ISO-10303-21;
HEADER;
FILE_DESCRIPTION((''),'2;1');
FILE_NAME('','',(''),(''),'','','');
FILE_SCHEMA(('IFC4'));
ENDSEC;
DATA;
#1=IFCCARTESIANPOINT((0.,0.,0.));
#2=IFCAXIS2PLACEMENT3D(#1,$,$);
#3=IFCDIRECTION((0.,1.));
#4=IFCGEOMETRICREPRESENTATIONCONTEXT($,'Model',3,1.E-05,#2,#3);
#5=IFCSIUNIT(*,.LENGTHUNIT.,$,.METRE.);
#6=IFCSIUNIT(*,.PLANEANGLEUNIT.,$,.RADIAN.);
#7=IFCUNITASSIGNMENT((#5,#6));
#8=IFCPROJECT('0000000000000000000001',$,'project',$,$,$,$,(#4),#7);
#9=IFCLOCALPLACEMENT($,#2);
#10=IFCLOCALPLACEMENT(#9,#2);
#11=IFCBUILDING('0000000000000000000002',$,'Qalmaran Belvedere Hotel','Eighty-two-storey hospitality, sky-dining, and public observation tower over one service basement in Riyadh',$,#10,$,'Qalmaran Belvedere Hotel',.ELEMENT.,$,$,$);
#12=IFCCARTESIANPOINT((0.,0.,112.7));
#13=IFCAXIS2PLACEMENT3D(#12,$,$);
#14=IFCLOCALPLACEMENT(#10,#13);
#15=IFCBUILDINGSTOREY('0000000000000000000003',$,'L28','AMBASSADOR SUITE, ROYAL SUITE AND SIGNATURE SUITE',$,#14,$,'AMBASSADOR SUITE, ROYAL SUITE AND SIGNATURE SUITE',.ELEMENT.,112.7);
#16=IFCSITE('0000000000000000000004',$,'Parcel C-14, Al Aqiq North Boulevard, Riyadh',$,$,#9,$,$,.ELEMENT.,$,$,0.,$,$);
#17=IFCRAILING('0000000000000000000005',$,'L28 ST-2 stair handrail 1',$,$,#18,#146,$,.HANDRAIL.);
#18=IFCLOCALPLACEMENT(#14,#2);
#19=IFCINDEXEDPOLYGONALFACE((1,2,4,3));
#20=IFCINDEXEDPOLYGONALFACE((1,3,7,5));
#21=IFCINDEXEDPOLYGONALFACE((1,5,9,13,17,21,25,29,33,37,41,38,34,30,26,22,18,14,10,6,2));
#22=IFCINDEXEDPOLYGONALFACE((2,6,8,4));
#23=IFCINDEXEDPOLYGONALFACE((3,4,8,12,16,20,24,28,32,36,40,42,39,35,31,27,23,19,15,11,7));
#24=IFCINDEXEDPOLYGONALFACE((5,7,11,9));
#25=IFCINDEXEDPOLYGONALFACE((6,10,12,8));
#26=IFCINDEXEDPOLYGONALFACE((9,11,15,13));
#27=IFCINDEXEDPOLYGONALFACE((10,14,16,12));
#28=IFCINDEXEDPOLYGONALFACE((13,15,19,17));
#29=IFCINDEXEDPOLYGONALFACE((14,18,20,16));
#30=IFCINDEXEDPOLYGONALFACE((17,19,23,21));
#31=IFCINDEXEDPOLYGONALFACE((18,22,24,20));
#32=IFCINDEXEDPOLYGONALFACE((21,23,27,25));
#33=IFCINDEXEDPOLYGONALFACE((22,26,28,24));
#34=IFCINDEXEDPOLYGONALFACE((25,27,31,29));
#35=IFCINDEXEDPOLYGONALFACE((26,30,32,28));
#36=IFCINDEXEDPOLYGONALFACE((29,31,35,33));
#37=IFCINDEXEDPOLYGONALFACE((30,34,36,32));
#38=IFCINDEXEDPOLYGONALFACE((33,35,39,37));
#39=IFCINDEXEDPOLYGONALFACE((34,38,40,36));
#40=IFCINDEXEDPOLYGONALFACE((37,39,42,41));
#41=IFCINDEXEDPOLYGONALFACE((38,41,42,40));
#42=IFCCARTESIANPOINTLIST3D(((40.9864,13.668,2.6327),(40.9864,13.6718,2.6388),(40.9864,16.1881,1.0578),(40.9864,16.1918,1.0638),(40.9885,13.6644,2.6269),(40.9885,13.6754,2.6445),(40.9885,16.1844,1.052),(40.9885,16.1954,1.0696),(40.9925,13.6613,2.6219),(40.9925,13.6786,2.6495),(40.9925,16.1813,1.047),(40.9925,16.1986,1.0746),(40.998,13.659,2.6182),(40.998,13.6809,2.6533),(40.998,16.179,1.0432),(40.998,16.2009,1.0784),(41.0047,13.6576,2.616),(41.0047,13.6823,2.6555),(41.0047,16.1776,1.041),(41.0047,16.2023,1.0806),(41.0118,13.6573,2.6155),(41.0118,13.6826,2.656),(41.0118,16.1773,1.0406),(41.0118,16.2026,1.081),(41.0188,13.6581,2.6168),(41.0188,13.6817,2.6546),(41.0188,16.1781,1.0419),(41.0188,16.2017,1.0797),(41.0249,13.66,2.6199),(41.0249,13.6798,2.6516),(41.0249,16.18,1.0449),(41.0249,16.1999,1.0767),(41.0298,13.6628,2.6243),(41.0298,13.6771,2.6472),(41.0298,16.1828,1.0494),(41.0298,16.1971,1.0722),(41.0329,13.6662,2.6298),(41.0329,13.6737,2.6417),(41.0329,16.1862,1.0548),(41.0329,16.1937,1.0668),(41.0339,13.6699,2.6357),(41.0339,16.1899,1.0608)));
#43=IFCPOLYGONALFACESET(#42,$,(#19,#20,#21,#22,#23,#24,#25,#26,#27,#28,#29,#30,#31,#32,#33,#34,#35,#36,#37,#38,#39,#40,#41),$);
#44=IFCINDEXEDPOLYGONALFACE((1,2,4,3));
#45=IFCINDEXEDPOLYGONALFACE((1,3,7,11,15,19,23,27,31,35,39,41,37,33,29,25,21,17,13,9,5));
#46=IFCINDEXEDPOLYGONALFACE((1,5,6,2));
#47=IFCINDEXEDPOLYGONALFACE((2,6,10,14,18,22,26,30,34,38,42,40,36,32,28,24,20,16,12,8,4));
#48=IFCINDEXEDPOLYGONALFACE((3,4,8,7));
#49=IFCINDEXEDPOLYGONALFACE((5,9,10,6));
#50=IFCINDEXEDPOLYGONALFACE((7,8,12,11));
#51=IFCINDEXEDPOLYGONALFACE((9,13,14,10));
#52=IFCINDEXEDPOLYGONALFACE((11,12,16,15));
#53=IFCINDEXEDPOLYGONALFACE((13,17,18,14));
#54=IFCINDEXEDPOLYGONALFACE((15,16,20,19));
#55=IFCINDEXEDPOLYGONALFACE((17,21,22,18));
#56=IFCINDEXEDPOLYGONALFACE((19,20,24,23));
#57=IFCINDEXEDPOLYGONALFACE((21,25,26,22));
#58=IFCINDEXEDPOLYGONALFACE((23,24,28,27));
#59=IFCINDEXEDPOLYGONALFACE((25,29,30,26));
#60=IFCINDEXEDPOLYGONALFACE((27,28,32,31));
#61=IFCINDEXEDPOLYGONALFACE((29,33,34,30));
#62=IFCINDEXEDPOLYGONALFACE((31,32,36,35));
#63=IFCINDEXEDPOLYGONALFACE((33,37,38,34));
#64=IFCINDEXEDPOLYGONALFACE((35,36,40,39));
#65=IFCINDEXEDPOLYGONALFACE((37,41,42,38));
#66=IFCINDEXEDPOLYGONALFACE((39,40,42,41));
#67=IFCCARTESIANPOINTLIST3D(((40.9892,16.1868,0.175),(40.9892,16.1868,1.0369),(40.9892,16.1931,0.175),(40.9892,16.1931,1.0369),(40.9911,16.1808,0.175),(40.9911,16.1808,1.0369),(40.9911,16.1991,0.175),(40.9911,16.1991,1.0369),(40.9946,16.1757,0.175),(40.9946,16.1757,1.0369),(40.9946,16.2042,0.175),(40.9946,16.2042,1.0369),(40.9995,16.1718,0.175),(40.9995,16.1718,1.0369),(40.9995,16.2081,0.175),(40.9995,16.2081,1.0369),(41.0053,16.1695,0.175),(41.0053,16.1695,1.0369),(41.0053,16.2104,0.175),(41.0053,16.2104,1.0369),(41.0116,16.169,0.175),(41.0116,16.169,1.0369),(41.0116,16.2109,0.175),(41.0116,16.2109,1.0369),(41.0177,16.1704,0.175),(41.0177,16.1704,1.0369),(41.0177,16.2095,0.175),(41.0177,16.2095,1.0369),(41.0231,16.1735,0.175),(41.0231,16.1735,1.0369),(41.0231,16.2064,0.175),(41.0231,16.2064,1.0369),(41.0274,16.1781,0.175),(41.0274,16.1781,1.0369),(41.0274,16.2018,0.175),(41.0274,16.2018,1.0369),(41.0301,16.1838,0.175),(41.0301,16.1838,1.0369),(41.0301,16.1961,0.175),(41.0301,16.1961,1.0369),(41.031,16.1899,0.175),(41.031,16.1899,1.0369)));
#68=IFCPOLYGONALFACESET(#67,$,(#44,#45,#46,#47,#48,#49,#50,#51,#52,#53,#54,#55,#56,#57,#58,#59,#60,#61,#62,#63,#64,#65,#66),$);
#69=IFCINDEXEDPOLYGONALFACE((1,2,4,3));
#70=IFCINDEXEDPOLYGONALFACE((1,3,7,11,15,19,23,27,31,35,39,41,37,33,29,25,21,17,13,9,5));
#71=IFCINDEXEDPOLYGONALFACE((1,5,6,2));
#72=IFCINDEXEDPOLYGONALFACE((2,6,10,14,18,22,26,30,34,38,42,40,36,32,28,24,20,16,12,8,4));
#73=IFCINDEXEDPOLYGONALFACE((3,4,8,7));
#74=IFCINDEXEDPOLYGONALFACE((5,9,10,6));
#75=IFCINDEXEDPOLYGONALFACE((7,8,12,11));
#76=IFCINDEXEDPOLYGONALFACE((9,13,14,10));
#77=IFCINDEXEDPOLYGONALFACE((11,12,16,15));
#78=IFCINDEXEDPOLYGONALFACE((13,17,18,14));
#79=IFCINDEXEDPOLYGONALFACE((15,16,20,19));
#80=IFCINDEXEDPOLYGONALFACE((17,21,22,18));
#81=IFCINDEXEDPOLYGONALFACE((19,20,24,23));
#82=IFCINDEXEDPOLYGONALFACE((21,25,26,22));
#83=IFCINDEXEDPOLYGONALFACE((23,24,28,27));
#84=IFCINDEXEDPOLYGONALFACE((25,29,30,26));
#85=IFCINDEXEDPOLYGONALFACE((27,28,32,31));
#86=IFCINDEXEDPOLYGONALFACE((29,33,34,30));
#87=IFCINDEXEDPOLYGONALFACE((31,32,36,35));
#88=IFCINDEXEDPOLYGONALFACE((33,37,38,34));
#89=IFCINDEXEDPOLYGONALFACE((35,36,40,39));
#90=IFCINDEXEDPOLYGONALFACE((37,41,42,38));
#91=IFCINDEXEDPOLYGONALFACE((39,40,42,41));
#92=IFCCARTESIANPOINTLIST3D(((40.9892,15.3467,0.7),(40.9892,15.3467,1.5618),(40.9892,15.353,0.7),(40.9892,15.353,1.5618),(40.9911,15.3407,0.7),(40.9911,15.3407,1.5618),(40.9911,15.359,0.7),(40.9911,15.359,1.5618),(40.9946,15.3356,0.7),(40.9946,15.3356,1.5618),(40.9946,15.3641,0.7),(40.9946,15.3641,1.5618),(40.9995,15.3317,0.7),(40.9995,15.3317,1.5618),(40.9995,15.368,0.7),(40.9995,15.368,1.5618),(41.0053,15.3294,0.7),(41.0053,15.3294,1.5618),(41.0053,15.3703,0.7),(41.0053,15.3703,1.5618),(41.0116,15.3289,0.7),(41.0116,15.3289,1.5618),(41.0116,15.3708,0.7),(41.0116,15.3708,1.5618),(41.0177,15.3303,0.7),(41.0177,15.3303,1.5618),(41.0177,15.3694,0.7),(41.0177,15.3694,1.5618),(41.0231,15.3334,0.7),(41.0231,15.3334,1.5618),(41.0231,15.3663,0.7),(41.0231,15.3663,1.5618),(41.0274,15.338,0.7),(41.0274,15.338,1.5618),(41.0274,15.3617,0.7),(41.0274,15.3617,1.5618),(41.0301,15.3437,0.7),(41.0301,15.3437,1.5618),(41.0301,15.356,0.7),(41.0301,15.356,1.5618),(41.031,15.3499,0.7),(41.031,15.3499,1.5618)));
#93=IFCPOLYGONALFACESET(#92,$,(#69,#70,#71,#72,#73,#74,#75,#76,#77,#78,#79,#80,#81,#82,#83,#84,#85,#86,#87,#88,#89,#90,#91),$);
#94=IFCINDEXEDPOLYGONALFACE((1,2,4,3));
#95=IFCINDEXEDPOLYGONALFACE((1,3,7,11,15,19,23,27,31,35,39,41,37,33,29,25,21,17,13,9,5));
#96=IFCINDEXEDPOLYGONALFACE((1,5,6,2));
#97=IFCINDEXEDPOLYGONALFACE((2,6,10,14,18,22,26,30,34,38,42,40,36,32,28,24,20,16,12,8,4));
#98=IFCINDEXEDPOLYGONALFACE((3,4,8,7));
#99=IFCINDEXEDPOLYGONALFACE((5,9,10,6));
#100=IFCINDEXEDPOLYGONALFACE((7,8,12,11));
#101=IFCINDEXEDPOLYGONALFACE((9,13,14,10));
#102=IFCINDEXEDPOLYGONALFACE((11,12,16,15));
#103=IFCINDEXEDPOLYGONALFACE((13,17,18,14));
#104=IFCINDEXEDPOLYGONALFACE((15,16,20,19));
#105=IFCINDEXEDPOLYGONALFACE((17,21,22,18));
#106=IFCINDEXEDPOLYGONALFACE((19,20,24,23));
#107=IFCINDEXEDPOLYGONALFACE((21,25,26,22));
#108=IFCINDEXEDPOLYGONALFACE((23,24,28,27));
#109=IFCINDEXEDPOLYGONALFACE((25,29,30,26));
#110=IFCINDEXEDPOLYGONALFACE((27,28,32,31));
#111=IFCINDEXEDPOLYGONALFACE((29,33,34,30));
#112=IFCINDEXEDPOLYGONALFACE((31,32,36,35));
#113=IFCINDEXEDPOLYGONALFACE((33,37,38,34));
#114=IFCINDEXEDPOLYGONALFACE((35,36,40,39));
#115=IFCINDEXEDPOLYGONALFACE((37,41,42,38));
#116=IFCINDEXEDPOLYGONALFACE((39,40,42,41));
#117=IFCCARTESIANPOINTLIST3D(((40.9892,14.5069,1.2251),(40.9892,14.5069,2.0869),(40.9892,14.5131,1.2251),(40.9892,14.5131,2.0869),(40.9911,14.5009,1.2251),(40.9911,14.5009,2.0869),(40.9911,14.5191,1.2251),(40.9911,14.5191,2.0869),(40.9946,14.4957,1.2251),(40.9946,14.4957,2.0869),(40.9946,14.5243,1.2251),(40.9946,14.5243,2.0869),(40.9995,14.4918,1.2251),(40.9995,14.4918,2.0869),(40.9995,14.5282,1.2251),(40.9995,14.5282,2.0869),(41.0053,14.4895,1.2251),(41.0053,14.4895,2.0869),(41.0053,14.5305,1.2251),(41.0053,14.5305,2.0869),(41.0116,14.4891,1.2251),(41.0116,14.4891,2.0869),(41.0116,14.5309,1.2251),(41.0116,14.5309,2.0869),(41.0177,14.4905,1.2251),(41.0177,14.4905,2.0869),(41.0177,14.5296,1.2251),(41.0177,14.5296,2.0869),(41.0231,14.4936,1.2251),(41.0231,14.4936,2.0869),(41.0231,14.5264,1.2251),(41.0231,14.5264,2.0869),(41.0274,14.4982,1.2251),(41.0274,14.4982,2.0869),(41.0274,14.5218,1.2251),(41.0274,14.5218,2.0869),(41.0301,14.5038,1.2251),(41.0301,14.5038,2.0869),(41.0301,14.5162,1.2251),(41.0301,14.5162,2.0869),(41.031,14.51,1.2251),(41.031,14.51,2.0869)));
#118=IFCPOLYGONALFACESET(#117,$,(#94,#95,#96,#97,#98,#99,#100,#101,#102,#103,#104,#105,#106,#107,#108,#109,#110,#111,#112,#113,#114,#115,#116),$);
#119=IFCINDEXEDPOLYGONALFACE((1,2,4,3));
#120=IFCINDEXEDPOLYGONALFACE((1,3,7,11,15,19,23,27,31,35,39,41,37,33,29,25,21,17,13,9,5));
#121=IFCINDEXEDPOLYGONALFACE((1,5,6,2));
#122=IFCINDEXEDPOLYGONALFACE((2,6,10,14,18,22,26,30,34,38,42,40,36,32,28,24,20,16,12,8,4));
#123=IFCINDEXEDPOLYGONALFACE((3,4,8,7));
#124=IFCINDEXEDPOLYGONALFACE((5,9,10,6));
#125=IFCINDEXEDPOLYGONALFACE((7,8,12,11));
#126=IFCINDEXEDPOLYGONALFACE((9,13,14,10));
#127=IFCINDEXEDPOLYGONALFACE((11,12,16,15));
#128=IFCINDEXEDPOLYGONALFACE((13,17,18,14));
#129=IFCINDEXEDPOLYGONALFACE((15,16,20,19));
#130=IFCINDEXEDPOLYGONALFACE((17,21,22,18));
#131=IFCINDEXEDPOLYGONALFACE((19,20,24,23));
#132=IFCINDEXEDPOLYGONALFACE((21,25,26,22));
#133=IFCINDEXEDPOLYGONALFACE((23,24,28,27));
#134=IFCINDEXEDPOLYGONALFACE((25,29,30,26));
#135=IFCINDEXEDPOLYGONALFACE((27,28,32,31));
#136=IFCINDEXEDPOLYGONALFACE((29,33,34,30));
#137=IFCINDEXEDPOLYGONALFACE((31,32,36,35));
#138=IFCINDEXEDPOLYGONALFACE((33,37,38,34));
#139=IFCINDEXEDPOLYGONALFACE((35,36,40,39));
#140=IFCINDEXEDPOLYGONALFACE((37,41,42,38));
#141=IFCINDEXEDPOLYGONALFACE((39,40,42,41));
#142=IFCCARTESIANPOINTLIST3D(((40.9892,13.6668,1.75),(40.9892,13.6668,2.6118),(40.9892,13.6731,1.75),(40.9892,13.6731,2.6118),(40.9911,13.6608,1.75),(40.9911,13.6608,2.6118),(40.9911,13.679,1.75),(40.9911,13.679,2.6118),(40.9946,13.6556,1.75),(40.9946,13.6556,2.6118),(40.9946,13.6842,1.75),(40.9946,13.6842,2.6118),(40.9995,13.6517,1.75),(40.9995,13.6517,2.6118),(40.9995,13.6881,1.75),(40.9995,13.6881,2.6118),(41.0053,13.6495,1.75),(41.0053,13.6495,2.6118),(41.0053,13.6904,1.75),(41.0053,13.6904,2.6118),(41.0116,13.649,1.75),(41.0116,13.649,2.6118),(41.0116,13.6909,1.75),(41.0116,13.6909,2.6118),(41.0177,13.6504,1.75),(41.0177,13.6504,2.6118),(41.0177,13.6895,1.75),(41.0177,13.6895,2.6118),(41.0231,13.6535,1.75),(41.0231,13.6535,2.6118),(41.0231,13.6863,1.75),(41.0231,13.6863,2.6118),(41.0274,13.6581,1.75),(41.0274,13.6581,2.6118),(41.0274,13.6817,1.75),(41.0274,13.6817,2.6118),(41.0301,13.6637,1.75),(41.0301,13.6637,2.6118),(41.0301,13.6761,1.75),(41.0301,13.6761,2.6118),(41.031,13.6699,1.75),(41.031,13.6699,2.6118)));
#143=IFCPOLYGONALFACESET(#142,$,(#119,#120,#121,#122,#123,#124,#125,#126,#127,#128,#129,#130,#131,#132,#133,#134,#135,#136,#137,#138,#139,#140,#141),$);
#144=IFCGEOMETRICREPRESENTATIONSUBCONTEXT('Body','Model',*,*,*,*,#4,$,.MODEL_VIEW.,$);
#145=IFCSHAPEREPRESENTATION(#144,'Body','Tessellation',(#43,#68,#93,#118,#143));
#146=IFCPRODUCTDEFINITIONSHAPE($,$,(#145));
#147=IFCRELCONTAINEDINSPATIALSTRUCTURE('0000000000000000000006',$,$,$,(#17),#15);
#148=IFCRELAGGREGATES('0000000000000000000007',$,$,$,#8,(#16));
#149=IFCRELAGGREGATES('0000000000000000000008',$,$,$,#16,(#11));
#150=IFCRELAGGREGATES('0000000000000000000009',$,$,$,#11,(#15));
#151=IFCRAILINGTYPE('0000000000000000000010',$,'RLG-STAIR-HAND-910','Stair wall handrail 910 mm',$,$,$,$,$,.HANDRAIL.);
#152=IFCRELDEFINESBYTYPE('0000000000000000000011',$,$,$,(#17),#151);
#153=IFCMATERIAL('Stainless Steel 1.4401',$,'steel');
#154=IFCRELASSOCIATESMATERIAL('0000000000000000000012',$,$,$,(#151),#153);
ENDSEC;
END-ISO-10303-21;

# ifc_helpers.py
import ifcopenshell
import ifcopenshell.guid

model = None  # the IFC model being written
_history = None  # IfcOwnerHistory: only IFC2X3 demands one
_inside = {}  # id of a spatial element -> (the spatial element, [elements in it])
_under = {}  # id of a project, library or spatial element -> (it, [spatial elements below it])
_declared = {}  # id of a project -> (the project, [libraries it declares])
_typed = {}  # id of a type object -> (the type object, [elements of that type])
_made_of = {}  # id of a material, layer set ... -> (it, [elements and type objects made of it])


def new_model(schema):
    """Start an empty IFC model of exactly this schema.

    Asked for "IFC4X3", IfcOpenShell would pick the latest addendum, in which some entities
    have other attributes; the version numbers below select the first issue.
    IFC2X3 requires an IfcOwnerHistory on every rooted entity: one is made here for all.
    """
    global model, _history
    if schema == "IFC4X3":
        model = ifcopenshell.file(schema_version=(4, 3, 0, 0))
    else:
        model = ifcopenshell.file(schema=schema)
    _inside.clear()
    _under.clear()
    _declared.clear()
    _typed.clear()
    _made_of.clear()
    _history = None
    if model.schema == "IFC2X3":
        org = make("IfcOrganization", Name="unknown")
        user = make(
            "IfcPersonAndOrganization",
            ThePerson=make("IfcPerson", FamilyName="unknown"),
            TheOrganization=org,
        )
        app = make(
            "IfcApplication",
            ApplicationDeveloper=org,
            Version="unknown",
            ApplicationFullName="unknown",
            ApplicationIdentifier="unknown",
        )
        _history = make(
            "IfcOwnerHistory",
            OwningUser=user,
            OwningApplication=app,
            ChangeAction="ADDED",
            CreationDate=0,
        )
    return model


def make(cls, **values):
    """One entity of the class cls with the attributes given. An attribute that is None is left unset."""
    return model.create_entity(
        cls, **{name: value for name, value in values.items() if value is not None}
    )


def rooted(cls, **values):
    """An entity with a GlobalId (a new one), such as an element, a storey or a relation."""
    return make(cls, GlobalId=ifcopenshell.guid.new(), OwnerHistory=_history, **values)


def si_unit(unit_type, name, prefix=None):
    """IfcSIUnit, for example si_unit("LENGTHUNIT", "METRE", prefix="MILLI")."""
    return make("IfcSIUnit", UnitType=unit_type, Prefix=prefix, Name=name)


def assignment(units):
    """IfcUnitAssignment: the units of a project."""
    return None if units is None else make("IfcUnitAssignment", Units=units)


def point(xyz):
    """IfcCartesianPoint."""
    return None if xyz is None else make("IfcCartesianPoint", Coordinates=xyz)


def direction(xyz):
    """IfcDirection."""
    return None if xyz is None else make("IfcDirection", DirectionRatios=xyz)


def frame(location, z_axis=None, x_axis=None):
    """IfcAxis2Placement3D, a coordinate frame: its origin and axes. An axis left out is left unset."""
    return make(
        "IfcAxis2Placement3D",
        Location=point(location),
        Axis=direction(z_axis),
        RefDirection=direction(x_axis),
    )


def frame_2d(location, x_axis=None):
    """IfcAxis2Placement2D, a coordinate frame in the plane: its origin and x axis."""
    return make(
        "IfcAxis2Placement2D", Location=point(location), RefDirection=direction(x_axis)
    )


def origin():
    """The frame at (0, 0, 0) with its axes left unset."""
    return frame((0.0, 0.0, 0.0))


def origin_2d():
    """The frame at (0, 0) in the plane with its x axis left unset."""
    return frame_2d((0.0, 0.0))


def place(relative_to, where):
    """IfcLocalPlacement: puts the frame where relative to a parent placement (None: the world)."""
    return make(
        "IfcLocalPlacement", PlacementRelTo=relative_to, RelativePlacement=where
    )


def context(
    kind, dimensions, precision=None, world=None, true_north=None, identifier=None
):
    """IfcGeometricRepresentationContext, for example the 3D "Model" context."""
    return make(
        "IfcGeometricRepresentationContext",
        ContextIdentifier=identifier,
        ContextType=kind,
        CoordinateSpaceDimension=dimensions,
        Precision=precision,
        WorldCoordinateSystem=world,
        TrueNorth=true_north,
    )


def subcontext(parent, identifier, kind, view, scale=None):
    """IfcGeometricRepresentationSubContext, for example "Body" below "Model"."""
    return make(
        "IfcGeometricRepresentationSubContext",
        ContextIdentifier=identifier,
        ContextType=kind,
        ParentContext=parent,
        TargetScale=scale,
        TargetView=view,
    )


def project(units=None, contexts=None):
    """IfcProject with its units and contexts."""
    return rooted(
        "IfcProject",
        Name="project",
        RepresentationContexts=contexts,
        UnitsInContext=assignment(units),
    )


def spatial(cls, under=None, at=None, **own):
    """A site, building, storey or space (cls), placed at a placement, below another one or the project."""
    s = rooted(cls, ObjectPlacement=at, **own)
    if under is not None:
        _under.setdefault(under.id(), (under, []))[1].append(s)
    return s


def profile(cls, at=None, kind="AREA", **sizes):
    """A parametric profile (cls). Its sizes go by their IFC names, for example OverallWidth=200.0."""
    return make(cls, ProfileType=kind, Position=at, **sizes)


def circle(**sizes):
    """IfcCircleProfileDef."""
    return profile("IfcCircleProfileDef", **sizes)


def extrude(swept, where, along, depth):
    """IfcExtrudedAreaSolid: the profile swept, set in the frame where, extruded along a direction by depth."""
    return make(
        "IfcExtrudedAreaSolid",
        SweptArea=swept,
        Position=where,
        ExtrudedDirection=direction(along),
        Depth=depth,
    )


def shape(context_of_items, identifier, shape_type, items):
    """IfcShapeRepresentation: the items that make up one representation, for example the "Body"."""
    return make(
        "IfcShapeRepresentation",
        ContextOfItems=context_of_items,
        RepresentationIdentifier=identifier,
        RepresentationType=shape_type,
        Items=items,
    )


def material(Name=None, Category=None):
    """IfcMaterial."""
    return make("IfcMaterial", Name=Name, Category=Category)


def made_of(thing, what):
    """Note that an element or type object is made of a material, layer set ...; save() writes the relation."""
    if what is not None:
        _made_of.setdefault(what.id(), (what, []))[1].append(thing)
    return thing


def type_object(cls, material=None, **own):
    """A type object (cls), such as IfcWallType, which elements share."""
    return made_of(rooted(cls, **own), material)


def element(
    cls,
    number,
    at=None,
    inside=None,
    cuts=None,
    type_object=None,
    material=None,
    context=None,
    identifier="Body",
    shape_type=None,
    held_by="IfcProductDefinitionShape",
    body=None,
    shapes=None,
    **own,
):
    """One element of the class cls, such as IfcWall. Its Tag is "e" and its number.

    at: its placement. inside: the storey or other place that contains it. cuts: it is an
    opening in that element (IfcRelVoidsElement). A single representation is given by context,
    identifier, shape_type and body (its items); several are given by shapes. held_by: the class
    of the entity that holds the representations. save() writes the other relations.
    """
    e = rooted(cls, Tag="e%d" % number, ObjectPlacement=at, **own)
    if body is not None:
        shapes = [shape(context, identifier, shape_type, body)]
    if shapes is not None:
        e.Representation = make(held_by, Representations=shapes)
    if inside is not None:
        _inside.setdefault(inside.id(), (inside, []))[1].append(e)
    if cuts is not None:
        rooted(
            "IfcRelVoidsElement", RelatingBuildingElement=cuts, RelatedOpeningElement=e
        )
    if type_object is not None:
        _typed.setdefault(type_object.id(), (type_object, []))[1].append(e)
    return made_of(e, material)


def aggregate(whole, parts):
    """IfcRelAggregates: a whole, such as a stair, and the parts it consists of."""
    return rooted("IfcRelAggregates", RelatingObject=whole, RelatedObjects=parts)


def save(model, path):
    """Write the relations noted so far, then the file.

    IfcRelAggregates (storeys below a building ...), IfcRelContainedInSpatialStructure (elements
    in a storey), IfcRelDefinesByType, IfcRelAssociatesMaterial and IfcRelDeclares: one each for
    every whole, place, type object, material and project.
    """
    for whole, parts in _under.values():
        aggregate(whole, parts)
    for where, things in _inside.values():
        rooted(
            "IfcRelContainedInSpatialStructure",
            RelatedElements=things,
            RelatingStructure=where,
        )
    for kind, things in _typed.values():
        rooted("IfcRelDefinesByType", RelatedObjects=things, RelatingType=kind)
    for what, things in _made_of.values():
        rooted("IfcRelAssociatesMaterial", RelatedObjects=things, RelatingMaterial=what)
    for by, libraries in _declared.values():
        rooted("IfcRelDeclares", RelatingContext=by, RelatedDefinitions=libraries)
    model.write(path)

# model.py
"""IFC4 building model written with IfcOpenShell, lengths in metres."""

from ifc_helpers import new_model, si_unit, direction, frame, origin, origin_2d, place, context, subcontext, project, spatial, circle, extrude, material, type_object, element, save


model = new_model("IFC4")

# Units and contexts
model_context = context("Model", 3, precision=1e-05, world=origin(), true_north=direction((0.0, 1.0)))
body_context = subcontext(model_context, "Body", "Model", "MODEL_VIEW")
ifc_project = project(units=[si_unit("LENGTHUNIT", "METRE"), si_unit("PLANEANGLEUNIT", "RADIAN")], contexts=[model_context])

# Site, building, storey
site_placement = place(None, origin())
site = spatial("IfcSite", under=ifc_project, at=site_placement, Name="Parcel C-14, Al Aqiq North Boulevard, Riyadh", CompositionType="ELEMENT", RefElevation=0.0)
building_placement = place(site_placement, origin())
building = spatial("IfcBuilding", under=site, at=building_placement, Name="Qalmaran Belvedere Hotel", Description="Eighty-two-storey hospitality, sky-dining, and public observation tower over one service basement in Riyadh", LongName="Qalmaran Belvedere Hotel", CompositionType="ELEMENT")
storey_placement = place(building_placement, frame((0.0, 0.0, 112.7)))
storey = spatial("IfcBuildingStorey", under=building, at=storey_placement, Name="L28", Description="AMBASSADOR SUITE, ROYAL SUITE AND SIGNATURE SUITE", LongName="AMBASSADOR SUITE, ROYAL SUITE AND SIGNATURE SUITE", CompositionType="ELEMENT", Elevation=112.7)

# Shared definitions
ifc_material_1 = material(Name="Stainless Steel 1.4401", Category="steel")

# Railing
railing_type_1 = type_object("IfcRailingType", Name="RLG-STAIR-HAND-910", Description="Stair wall handrail 910 mm", PredefinedType="HANDRAIL", material=ifc_material_1)
railing_1_placement = place(storey_placement, frame((41.01, 16.1899, 0.175)))
element("IfcRailing", 1, at=railing_1_placement, inside=storey, type_object=railing_type_1, Name="L28 ST-2 stair handrail 1", PredefinedType="HANDRAIL", context=body_context, shape_type="SweptSolid", body=[
    extrude(circle(Radius=0.0239, at=origin_2d()), frame((0.0, 0.0, 0.8857), z_axis=(0.0, -0.848008, 0.529984), x_axis=(1.0, 0.0, 0.0)), (0.0, 0.0, 1.0), 2.9717),
    extrude(circle(Radius=0.021, at=origin_2d()), origin(), (0.0, 0.0, 1.0), 0.8618),
    extrude(circle(Radius=0.021, at=origin_2d()), frame((0.0, -0.8401, 0.5249)), (0.0, 0.0, 1.0), 0.8618),
    extrude(circle(Radius=0.021, at=origin_2d()), frame((0.0, -1.6799, 1.05)), (0.0, 0.0, 1.0), 0.8618),
    extrude(circle(Radius=0.021, at=origin_2d()), frame((0.0, -2.52, 1.575)), (0.0, 0.0, 1.0), 0.8618),
])

save(model, "model.ifc")
